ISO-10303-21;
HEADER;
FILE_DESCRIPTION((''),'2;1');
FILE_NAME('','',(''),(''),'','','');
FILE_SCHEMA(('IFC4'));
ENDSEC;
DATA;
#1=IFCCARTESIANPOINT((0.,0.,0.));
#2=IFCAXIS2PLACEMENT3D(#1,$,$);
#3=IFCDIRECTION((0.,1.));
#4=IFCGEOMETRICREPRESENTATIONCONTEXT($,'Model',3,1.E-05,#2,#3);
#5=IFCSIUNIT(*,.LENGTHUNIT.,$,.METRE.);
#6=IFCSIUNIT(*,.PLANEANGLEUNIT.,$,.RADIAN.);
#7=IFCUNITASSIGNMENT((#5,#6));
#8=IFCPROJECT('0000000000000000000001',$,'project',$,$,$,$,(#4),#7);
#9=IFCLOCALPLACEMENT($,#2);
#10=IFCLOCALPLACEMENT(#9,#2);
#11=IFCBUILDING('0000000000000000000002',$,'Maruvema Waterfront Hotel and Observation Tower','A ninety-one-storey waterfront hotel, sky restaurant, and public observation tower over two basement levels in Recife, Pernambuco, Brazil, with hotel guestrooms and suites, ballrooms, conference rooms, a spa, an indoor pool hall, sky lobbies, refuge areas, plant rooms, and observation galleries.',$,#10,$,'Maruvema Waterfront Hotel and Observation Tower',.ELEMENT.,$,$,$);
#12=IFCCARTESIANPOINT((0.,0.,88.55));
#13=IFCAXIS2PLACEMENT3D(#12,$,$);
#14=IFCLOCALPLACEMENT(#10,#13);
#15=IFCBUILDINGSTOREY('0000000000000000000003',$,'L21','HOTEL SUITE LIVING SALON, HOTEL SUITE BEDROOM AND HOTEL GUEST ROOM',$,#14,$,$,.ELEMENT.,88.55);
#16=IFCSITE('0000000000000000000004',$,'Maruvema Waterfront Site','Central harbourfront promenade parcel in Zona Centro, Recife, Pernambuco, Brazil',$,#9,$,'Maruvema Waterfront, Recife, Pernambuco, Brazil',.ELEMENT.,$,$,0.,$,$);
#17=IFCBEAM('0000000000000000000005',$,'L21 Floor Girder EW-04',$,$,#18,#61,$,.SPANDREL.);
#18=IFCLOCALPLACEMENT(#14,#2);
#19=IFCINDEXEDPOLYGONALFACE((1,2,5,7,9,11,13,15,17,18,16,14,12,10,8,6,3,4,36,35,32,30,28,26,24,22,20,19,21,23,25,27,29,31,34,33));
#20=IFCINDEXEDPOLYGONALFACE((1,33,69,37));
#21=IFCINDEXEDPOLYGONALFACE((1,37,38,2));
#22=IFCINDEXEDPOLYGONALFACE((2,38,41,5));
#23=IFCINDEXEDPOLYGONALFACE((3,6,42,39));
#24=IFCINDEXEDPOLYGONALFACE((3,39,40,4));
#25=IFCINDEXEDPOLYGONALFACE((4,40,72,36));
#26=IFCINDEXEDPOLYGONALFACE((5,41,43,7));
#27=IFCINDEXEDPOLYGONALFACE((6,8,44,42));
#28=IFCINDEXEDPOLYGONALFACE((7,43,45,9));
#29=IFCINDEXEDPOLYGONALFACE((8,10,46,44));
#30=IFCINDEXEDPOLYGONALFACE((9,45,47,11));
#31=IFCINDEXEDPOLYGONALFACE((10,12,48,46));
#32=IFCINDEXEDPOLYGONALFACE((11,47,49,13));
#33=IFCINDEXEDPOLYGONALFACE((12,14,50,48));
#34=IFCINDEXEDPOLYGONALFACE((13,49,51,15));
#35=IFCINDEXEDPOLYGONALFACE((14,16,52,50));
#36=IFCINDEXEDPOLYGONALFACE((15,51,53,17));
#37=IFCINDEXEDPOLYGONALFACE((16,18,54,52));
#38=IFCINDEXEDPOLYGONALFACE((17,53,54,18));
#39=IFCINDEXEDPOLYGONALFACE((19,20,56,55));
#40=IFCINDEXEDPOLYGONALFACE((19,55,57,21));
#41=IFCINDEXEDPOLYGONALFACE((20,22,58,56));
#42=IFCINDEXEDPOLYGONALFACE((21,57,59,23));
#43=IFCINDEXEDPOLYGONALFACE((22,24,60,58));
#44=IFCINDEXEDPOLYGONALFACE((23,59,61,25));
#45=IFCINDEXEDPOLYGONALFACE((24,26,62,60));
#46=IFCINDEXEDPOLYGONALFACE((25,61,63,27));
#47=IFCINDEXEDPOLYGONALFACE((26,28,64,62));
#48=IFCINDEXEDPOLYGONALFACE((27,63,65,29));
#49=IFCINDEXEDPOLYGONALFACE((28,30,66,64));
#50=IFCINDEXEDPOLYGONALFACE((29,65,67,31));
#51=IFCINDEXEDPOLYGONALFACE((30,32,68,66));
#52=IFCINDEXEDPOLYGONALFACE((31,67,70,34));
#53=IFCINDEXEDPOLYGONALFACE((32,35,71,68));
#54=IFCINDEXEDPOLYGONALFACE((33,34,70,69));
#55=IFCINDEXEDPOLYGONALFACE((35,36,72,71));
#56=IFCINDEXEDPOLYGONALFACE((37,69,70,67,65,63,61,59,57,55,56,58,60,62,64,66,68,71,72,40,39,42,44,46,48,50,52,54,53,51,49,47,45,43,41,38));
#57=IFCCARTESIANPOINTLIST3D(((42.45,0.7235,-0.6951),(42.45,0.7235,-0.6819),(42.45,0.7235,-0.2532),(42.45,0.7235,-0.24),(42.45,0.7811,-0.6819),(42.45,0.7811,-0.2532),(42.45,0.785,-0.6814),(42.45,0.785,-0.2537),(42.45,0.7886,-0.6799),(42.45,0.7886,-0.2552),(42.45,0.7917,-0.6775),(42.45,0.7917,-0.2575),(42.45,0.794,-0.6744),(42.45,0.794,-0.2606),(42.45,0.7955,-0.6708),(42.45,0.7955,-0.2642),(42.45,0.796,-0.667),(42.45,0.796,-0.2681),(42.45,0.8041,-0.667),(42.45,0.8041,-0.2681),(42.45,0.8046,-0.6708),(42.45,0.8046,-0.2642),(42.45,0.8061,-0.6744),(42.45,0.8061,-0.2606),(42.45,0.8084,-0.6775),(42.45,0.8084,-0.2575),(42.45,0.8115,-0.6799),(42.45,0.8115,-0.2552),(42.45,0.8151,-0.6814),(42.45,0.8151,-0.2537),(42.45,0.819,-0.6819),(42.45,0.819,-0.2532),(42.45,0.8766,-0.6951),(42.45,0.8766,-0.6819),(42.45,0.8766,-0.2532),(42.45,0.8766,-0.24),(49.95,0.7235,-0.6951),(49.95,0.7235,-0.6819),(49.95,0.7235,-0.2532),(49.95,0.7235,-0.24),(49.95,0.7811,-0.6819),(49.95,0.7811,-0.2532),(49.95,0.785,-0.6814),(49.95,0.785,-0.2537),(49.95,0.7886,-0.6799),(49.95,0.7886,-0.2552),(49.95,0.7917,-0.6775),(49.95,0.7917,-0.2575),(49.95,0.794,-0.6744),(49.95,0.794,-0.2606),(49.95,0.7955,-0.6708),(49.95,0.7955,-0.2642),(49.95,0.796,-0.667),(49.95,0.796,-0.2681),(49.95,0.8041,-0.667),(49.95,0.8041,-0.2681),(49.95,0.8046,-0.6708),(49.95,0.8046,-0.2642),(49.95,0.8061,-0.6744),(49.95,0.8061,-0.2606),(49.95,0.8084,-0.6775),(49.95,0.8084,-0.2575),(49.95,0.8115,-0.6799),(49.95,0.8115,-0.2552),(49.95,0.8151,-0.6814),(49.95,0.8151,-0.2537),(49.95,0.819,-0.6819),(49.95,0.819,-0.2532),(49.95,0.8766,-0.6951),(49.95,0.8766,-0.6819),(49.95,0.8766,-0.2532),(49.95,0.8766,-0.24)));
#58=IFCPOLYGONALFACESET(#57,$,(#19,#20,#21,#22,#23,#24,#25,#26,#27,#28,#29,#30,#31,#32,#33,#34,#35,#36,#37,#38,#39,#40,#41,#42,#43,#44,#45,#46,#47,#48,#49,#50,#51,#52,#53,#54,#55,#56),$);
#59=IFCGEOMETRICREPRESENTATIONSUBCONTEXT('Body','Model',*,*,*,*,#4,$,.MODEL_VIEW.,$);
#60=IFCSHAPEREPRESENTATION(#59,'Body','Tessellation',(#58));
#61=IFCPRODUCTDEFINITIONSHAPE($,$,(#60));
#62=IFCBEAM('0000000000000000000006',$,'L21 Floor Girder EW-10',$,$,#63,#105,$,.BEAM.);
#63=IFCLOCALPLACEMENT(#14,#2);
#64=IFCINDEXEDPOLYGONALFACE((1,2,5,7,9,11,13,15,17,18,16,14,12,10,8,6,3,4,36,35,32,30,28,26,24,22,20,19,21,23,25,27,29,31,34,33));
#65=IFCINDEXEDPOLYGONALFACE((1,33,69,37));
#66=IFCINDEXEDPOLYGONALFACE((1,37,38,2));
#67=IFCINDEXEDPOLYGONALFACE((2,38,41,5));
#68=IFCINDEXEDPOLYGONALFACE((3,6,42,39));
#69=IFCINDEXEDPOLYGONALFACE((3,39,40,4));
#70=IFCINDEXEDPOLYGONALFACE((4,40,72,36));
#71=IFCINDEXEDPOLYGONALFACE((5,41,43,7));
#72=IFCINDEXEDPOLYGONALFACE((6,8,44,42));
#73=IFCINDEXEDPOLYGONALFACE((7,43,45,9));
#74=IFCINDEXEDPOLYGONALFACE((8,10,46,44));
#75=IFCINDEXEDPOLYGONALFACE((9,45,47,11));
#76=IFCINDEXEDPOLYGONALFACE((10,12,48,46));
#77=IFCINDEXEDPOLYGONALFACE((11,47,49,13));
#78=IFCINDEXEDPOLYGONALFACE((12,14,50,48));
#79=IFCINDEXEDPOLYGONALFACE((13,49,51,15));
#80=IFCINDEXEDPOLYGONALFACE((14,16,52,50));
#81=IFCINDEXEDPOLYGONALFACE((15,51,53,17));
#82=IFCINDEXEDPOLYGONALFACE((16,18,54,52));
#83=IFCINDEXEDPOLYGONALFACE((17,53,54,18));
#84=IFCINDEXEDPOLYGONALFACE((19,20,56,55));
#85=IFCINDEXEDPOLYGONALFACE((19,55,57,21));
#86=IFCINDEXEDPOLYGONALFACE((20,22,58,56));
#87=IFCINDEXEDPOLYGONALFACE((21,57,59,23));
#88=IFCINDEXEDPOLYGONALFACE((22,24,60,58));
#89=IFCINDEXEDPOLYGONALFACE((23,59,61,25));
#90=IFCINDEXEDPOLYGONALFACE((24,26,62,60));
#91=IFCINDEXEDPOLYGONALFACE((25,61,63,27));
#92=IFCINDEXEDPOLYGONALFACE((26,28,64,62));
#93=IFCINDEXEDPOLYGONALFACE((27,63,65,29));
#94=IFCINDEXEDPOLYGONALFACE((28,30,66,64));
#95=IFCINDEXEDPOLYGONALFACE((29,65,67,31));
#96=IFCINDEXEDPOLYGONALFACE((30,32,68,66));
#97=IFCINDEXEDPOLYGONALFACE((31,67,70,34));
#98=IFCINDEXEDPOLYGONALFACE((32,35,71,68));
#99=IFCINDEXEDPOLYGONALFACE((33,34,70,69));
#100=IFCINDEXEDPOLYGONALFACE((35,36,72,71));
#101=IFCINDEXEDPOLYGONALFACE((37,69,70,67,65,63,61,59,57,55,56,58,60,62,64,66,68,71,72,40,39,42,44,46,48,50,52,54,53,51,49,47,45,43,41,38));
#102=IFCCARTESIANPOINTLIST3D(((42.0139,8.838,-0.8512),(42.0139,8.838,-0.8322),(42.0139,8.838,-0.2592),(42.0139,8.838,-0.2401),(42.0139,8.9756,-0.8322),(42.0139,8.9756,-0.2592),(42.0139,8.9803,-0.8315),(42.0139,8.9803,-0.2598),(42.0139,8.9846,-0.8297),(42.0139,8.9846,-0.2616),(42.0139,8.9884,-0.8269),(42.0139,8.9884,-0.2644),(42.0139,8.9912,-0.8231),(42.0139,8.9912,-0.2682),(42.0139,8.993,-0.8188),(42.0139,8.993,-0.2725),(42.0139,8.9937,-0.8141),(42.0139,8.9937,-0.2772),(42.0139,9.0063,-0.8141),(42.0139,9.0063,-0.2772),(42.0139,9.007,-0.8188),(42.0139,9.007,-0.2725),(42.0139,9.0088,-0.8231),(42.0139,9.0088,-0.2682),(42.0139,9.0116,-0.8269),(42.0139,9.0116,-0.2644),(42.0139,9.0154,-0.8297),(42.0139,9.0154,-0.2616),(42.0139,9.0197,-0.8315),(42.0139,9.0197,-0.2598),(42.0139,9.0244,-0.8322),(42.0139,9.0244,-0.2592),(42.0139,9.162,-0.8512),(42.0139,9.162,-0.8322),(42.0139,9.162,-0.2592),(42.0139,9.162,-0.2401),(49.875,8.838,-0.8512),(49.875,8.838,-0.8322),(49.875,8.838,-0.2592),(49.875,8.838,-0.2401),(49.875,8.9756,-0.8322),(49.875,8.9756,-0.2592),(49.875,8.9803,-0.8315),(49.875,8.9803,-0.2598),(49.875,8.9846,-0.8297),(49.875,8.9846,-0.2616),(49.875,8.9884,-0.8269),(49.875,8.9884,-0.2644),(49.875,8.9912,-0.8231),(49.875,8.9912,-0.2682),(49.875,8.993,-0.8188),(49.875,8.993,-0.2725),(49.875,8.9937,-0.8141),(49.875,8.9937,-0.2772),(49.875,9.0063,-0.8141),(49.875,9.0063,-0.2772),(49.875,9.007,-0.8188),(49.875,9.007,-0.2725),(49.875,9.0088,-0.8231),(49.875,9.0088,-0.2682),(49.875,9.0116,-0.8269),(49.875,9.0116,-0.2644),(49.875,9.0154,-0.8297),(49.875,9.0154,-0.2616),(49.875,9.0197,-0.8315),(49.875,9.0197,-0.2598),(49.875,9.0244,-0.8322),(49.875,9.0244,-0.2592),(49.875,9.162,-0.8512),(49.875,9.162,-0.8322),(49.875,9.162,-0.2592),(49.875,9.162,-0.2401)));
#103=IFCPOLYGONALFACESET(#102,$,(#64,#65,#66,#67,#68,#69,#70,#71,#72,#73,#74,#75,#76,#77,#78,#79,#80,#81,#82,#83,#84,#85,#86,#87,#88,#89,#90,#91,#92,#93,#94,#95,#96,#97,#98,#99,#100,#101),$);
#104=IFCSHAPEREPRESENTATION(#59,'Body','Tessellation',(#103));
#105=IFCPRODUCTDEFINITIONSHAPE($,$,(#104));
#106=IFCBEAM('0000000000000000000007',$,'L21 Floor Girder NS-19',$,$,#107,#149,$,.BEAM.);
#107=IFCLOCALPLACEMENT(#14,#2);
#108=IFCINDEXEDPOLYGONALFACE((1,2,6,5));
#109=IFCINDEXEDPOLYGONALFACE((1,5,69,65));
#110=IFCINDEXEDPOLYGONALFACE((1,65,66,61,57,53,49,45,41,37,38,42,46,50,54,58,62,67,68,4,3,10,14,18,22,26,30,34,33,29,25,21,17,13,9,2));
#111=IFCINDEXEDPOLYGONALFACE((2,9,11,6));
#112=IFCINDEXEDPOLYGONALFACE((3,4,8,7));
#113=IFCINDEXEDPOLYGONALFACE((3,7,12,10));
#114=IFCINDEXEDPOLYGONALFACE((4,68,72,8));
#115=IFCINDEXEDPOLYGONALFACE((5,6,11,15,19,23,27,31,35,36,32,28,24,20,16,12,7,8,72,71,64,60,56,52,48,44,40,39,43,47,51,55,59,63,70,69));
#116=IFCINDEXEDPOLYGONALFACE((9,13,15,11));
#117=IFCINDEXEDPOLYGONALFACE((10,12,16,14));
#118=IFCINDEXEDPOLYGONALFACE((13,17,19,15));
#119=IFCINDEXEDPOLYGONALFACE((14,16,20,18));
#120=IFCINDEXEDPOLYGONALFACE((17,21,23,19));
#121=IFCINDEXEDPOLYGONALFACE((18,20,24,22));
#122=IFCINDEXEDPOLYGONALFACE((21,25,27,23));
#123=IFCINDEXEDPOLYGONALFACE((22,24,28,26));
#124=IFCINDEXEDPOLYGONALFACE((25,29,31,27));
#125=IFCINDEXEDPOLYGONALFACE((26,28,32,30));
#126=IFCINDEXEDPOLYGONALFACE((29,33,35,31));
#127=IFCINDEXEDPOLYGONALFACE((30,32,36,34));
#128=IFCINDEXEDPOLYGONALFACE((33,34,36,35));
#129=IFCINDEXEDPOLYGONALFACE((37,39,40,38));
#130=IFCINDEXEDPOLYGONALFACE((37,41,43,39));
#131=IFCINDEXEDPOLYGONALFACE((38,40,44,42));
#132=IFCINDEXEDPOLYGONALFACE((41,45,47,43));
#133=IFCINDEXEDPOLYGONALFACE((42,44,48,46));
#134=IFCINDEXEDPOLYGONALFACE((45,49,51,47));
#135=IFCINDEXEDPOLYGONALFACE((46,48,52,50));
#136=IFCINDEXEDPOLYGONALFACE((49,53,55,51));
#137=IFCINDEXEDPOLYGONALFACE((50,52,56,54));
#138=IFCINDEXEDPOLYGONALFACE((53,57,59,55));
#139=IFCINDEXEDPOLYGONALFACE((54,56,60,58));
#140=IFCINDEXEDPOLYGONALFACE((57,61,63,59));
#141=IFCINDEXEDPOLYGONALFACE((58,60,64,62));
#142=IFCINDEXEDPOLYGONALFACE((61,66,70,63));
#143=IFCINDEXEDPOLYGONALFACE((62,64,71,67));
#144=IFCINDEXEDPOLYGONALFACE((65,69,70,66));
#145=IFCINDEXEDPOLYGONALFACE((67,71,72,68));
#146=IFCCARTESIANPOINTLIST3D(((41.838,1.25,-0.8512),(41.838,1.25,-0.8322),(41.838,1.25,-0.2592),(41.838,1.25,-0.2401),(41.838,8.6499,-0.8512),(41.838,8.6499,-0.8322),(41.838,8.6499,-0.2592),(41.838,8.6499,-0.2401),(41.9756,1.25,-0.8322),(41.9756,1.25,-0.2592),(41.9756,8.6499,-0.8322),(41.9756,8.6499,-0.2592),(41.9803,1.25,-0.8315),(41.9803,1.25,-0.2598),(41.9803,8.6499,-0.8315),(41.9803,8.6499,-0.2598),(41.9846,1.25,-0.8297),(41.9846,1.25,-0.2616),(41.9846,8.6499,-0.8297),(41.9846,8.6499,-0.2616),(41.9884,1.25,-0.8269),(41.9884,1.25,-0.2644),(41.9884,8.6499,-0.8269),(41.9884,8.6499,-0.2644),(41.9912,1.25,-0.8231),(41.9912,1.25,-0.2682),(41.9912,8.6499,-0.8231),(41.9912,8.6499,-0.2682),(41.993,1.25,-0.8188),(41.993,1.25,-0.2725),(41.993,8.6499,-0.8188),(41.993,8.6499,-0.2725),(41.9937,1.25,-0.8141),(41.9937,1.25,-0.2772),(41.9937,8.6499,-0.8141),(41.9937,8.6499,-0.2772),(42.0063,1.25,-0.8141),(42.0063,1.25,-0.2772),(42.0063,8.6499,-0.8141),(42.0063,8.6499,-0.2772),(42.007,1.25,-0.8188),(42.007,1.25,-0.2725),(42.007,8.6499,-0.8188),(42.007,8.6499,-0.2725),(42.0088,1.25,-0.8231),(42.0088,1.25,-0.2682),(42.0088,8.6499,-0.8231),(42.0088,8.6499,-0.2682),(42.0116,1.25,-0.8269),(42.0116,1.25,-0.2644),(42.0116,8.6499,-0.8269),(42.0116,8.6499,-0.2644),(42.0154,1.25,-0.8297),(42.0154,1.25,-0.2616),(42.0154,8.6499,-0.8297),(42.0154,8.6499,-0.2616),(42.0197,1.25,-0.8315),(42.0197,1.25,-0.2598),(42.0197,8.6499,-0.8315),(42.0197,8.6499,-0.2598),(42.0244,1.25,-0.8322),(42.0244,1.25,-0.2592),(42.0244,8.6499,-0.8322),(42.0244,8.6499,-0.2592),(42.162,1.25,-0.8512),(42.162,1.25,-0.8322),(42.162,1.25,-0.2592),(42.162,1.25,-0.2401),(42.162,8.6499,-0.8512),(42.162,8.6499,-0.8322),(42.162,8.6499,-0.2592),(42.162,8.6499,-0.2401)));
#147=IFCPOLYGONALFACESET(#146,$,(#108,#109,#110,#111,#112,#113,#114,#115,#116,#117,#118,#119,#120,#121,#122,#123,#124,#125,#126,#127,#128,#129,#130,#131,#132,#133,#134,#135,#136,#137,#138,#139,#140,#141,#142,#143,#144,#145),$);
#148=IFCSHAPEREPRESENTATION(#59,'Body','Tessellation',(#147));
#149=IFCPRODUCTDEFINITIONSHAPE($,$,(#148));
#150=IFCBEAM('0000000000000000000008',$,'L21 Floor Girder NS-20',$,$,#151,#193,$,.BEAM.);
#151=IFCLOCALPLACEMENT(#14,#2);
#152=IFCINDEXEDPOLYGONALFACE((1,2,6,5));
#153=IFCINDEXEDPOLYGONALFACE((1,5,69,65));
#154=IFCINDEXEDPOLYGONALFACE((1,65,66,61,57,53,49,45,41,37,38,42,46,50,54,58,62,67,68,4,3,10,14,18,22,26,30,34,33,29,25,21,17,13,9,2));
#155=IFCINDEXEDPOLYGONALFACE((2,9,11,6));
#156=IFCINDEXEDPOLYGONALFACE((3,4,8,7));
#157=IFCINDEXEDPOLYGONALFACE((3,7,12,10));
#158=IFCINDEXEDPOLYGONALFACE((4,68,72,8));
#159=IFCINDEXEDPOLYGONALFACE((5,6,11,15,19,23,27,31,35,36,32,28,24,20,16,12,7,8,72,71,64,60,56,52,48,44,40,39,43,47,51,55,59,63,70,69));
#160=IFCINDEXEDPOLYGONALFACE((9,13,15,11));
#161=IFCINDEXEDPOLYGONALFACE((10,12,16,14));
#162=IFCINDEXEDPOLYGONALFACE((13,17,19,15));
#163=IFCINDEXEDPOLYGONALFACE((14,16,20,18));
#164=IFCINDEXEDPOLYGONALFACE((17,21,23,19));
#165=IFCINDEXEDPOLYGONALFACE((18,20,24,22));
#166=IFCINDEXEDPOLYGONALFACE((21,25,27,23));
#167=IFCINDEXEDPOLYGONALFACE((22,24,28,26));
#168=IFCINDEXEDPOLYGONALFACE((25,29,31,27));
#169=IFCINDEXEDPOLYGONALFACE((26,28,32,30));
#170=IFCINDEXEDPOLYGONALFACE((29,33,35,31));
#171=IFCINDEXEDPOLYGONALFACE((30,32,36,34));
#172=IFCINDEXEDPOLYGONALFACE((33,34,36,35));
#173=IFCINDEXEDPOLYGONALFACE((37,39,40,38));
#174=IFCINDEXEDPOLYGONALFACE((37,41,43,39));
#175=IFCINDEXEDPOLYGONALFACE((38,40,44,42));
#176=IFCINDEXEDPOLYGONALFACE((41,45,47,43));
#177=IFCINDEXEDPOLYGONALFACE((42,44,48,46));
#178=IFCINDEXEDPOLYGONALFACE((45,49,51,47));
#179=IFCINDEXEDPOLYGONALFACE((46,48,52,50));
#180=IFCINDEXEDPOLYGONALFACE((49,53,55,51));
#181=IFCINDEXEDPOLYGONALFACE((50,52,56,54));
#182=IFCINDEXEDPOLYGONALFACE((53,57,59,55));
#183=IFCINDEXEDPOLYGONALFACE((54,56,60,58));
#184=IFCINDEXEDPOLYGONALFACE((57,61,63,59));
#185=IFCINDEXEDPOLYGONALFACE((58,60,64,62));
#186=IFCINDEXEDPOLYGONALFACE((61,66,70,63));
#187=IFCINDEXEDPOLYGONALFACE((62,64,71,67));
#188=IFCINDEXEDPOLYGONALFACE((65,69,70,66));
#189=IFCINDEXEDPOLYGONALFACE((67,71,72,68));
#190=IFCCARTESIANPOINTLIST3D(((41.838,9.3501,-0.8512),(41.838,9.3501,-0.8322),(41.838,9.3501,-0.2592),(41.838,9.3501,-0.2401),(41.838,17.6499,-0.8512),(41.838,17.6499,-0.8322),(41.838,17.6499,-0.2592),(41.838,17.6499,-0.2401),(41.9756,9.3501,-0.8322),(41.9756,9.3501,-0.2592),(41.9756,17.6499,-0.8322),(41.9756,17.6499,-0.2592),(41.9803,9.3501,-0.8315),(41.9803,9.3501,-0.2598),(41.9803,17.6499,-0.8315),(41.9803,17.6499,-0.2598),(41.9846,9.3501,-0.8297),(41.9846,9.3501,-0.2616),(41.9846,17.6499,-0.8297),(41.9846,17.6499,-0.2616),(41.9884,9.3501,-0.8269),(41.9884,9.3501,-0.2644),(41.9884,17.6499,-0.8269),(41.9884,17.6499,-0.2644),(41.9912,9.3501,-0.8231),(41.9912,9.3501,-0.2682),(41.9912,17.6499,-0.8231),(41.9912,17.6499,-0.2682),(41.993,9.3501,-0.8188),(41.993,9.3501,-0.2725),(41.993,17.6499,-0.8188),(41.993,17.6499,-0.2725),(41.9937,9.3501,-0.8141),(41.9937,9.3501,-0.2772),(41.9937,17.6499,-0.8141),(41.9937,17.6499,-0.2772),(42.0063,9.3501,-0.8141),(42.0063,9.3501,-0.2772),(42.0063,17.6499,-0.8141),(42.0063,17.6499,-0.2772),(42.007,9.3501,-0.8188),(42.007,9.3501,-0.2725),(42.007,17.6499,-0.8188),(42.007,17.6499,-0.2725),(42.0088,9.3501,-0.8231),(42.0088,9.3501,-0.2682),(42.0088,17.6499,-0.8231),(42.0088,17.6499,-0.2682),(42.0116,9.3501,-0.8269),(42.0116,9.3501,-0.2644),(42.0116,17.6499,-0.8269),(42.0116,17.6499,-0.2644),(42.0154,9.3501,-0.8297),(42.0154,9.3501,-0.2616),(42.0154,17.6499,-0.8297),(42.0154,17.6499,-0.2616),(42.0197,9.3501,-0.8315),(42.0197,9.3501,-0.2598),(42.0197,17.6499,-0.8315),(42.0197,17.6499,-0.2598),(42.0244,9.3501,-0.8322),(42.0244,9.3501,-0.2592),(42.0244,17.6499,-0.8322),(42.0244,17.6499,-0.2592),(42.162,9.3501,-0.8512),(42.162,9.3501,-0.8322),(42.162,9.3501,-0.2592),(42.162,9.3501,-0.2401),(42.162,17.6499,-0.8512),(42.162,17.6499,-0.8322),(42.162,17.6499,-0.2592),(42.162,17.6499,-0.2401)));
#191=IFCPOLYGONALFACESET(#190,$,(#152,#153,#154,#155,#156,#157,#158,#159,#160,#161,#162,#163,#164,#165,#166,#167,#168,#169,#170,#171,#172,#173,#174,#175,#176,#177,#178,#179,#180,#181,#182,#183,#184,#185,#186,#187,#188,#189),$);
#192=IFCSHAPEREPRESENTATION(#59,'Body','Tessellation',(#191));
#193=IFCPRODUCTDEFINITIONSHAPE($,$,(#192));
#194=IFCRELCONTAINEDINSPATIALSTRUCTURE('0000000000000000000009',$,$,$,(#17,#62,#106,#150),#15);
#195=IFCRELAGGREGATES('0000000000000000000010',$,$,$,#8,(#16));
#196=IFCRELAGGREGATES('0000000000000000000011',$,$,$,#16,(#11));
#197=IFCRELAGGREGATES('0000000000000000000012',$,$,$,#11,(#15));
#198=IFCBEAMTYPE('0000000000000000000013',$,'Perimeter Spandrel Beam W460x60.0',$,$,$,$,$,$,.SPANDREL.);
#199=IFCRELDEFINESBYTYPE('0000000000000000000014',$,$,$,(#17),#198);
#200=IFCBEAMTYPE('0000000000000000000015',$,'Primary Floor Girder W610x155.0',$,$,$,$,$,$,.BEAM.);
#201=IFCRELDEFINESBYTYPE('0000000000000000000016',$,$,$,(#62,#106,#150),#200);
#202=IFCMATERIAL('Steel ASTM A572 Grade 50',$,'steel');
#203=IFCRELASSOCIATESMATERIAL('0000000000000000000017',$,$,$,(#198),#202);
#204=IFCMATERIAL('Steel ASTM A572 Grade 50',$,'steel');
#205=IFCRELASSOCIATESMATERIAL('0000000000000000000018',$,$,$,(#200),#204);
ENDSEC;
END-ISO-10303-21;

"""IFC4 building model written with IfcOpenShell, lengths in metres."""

from ifc_helpers import new_model, si_unit, direction, frame, origin, origin_2d, place, context, subcontext, project, spatial, i_section, extrude, material, material_profile, profile_set, type_object, element, save


model = new_model("IFC4")

# Units and contexts
model_context = context("Model", 3, precision=1e-05, world=origin(), true_north=direction((0.0, 1.0)))
body_context = subcontext(model_context, "Body", "Model", "MODEL_VIEW")
ifc_project = project(units=[si_unit("LENGTHUNIT", "METRE"), si_unit("PLANEANGLEUNIT", "RADIAN")], contexts=[model_context])

# Site, building, storey
site_placement = place(None, origin())
site = spatial("IfcSite", under=ifc_project, at=site_placement, Name="Maruvema Waterfront Site", Description="Central harbourfront promenade parcel in Zona Centro, Recife, Pernambuco, Brazil", LongName="Maruvema Waterfront, Recife, Pernambuco, Brazil", CompositionType="ELEMENT", RefElevation=0.0)
building_placement = place(site_placement, origin())
building = spatial("IfcBuilding", under=site, at=building_placement, Name="Maruvema Waterfront Hotel and Observation Tower", Description="A ninety-one-storey waterfront hotel, sky restaurant, and public observation tower over two basement levels in Recife, Pernambuco, Brazil, with hotel guestrooms and suites, ballrooms, conference rooms, a spa, an indoor pool hall, sky lobbies, refuge areas, plant rooms, and observation galleries.", LongName="Maruvema Waterfront Hotel and Observation Tower", CompositionType="ELEMENT")
storey_placement = place(building_placement, frame((0.0, 0.0, 88.55)))
storey = spatial("IfcBuildingStorey", under=building, at=storey_placement, Name="L21", Description="HOTEL SUITE LIVING SALON, HOTEL SUITE BEDROOM AND HOTEL GUEST ROOM", CompositionType="ELEMENT", Elevation=88.55)

# Beams
ifc_material_1 = material(Name="Steel ASTM A572 Grade 50", Category="steel")
ifc_material_profile_1 = material_profile(ifc_material_1, i_section(OverallWidth=0.1531, OverallDepth=0.4551, WebThickness=0.0081, FlangeThickness=0.0132, FilletRadius=0.0149, at=origin_2d()), Name="W460x60.0")
ifc_profile_set_1 = profile_set([ifc_material_profile_1], Name="Steel ASTM A572 Grade 50")
beam_type_1 = type_object("IfcBeamType", Name="Perimeter Spandrel Beam W460x60.0", PredefinedType="SPANDREL", material=ifc_profile_set_1)
beam_1_placement = place(storey_placement, frame((42.45, 0.8, -0.4675), z_axis=(1.0, 0.0, 0.0), x_axis=(0.0, 1.0, 0.0)))
element("IfcBeam", 1, at=beam_1_placement, inside=storey, type_object=beam_type_1, Name="L21 Floor Girder EW-04", PredefinedType="SPANDREL", context=body_context, shape_type="SweptSolid", body=[
    extrude(i_section(OverallWidth=0.1531, OverallDepth=0.4551, WebThickness=0.0081, FlangeThickness=0.0132, FilletRadius=0.0149, at=origin_2d()), origin(), (0.0, 0.0, 1.0), 7.5),
])
ifc_material_2 = material(Name="Steel ASTM A572 Grade 50", Category="steel")
ifc_material_profile_2 = material_profile(ifc_material_2, i_section(OverallWidth=0.324, OverallDepth=0.6111, WebThickness=0.0127, FlangeThickness=0.019, FilletRadius=0.0181, at=origin_2d()), Name="W610x155.0")
ifc_profile_set_2 = profile_set([ifc_material_profile_2], Name="Steel ASTM A572 Grade 50")
beam_type_2 = type_object("IfcBeamType", Name="Primary Floor Girder W610x155.0", PredefinedType="BEAM", material=ifc_profile_set_2)
beam_2_placement = place(storey_placement, frame((42.0139, 9.0, -0.5457), z_axis=(1.0, 0.0, 0.0), x_axis=(0.0, 1.0, 0.0)))
element("IfcBeam", 2, at=beam_2_placement, inside=storey, type_object=beam_type_2, Name="L21 Floor Girder EW-10", PredefinedType="BEAM", context=body_context, shape_type="SweptSolid", body=[
    extrude(i_section(OverallWidth=0.324, OverallDepth=0.6111, WebThickness=0.0127, FlangeThickness=0.019, FilletRadius=0.0181, at=origin_2d()), origin(), (0.0, 0.0, 1.0), 7.8611),
])
beam_3_placement = place(storey_placement, frame((42.0, 1.25, -0.5457), z_axis=(0.0, 1.0, 0.0), x_axis=(-1.0, 0.0, 0.0)))
element("IfcBeam", 3, at=beam_3_placement, inside=storey, type_object=beam_type_2, Name="L21 Floor Girder NS-19", PredefinedType="BEAM", context=body_context, shape_type="SweptSolid", body=[
    extrude(i_section(OverallWidth=0.324, OverallDepth=0.6111, WebThickness=0.0127, FlangeThickness=0.019, FilletRadius=0.0181, at=origin_2d()), origin(), (0.0, 0.0, 1.0), 7.3999),
])
beam_4_placement = place(storey_placement, frame((42.0, 9.3501, -0.5457), z_axis=(0.0, 1.0, 0.0), x_axis=(-1.0, 0.0, 0.0)))
element("IfcBeam", 4, at=beam_4_placement, inside=storey, type_object=beam_type_2, Name="L21 Floor Girder NS-20", PredefinedType="BEAM", context=body_context, shape_type="SweptSolid", body=[
    extrude(i_section(OverallWidth=0.324, OverallDepth=0.6111, WebThickness=0.0127, FlangeThickness=0.019, FilletRadius=0.0181, at=origin_2d()), origin(), (0.0, 0.0, 1.0), 8.2998),
])

save(model, "model.ifc")
